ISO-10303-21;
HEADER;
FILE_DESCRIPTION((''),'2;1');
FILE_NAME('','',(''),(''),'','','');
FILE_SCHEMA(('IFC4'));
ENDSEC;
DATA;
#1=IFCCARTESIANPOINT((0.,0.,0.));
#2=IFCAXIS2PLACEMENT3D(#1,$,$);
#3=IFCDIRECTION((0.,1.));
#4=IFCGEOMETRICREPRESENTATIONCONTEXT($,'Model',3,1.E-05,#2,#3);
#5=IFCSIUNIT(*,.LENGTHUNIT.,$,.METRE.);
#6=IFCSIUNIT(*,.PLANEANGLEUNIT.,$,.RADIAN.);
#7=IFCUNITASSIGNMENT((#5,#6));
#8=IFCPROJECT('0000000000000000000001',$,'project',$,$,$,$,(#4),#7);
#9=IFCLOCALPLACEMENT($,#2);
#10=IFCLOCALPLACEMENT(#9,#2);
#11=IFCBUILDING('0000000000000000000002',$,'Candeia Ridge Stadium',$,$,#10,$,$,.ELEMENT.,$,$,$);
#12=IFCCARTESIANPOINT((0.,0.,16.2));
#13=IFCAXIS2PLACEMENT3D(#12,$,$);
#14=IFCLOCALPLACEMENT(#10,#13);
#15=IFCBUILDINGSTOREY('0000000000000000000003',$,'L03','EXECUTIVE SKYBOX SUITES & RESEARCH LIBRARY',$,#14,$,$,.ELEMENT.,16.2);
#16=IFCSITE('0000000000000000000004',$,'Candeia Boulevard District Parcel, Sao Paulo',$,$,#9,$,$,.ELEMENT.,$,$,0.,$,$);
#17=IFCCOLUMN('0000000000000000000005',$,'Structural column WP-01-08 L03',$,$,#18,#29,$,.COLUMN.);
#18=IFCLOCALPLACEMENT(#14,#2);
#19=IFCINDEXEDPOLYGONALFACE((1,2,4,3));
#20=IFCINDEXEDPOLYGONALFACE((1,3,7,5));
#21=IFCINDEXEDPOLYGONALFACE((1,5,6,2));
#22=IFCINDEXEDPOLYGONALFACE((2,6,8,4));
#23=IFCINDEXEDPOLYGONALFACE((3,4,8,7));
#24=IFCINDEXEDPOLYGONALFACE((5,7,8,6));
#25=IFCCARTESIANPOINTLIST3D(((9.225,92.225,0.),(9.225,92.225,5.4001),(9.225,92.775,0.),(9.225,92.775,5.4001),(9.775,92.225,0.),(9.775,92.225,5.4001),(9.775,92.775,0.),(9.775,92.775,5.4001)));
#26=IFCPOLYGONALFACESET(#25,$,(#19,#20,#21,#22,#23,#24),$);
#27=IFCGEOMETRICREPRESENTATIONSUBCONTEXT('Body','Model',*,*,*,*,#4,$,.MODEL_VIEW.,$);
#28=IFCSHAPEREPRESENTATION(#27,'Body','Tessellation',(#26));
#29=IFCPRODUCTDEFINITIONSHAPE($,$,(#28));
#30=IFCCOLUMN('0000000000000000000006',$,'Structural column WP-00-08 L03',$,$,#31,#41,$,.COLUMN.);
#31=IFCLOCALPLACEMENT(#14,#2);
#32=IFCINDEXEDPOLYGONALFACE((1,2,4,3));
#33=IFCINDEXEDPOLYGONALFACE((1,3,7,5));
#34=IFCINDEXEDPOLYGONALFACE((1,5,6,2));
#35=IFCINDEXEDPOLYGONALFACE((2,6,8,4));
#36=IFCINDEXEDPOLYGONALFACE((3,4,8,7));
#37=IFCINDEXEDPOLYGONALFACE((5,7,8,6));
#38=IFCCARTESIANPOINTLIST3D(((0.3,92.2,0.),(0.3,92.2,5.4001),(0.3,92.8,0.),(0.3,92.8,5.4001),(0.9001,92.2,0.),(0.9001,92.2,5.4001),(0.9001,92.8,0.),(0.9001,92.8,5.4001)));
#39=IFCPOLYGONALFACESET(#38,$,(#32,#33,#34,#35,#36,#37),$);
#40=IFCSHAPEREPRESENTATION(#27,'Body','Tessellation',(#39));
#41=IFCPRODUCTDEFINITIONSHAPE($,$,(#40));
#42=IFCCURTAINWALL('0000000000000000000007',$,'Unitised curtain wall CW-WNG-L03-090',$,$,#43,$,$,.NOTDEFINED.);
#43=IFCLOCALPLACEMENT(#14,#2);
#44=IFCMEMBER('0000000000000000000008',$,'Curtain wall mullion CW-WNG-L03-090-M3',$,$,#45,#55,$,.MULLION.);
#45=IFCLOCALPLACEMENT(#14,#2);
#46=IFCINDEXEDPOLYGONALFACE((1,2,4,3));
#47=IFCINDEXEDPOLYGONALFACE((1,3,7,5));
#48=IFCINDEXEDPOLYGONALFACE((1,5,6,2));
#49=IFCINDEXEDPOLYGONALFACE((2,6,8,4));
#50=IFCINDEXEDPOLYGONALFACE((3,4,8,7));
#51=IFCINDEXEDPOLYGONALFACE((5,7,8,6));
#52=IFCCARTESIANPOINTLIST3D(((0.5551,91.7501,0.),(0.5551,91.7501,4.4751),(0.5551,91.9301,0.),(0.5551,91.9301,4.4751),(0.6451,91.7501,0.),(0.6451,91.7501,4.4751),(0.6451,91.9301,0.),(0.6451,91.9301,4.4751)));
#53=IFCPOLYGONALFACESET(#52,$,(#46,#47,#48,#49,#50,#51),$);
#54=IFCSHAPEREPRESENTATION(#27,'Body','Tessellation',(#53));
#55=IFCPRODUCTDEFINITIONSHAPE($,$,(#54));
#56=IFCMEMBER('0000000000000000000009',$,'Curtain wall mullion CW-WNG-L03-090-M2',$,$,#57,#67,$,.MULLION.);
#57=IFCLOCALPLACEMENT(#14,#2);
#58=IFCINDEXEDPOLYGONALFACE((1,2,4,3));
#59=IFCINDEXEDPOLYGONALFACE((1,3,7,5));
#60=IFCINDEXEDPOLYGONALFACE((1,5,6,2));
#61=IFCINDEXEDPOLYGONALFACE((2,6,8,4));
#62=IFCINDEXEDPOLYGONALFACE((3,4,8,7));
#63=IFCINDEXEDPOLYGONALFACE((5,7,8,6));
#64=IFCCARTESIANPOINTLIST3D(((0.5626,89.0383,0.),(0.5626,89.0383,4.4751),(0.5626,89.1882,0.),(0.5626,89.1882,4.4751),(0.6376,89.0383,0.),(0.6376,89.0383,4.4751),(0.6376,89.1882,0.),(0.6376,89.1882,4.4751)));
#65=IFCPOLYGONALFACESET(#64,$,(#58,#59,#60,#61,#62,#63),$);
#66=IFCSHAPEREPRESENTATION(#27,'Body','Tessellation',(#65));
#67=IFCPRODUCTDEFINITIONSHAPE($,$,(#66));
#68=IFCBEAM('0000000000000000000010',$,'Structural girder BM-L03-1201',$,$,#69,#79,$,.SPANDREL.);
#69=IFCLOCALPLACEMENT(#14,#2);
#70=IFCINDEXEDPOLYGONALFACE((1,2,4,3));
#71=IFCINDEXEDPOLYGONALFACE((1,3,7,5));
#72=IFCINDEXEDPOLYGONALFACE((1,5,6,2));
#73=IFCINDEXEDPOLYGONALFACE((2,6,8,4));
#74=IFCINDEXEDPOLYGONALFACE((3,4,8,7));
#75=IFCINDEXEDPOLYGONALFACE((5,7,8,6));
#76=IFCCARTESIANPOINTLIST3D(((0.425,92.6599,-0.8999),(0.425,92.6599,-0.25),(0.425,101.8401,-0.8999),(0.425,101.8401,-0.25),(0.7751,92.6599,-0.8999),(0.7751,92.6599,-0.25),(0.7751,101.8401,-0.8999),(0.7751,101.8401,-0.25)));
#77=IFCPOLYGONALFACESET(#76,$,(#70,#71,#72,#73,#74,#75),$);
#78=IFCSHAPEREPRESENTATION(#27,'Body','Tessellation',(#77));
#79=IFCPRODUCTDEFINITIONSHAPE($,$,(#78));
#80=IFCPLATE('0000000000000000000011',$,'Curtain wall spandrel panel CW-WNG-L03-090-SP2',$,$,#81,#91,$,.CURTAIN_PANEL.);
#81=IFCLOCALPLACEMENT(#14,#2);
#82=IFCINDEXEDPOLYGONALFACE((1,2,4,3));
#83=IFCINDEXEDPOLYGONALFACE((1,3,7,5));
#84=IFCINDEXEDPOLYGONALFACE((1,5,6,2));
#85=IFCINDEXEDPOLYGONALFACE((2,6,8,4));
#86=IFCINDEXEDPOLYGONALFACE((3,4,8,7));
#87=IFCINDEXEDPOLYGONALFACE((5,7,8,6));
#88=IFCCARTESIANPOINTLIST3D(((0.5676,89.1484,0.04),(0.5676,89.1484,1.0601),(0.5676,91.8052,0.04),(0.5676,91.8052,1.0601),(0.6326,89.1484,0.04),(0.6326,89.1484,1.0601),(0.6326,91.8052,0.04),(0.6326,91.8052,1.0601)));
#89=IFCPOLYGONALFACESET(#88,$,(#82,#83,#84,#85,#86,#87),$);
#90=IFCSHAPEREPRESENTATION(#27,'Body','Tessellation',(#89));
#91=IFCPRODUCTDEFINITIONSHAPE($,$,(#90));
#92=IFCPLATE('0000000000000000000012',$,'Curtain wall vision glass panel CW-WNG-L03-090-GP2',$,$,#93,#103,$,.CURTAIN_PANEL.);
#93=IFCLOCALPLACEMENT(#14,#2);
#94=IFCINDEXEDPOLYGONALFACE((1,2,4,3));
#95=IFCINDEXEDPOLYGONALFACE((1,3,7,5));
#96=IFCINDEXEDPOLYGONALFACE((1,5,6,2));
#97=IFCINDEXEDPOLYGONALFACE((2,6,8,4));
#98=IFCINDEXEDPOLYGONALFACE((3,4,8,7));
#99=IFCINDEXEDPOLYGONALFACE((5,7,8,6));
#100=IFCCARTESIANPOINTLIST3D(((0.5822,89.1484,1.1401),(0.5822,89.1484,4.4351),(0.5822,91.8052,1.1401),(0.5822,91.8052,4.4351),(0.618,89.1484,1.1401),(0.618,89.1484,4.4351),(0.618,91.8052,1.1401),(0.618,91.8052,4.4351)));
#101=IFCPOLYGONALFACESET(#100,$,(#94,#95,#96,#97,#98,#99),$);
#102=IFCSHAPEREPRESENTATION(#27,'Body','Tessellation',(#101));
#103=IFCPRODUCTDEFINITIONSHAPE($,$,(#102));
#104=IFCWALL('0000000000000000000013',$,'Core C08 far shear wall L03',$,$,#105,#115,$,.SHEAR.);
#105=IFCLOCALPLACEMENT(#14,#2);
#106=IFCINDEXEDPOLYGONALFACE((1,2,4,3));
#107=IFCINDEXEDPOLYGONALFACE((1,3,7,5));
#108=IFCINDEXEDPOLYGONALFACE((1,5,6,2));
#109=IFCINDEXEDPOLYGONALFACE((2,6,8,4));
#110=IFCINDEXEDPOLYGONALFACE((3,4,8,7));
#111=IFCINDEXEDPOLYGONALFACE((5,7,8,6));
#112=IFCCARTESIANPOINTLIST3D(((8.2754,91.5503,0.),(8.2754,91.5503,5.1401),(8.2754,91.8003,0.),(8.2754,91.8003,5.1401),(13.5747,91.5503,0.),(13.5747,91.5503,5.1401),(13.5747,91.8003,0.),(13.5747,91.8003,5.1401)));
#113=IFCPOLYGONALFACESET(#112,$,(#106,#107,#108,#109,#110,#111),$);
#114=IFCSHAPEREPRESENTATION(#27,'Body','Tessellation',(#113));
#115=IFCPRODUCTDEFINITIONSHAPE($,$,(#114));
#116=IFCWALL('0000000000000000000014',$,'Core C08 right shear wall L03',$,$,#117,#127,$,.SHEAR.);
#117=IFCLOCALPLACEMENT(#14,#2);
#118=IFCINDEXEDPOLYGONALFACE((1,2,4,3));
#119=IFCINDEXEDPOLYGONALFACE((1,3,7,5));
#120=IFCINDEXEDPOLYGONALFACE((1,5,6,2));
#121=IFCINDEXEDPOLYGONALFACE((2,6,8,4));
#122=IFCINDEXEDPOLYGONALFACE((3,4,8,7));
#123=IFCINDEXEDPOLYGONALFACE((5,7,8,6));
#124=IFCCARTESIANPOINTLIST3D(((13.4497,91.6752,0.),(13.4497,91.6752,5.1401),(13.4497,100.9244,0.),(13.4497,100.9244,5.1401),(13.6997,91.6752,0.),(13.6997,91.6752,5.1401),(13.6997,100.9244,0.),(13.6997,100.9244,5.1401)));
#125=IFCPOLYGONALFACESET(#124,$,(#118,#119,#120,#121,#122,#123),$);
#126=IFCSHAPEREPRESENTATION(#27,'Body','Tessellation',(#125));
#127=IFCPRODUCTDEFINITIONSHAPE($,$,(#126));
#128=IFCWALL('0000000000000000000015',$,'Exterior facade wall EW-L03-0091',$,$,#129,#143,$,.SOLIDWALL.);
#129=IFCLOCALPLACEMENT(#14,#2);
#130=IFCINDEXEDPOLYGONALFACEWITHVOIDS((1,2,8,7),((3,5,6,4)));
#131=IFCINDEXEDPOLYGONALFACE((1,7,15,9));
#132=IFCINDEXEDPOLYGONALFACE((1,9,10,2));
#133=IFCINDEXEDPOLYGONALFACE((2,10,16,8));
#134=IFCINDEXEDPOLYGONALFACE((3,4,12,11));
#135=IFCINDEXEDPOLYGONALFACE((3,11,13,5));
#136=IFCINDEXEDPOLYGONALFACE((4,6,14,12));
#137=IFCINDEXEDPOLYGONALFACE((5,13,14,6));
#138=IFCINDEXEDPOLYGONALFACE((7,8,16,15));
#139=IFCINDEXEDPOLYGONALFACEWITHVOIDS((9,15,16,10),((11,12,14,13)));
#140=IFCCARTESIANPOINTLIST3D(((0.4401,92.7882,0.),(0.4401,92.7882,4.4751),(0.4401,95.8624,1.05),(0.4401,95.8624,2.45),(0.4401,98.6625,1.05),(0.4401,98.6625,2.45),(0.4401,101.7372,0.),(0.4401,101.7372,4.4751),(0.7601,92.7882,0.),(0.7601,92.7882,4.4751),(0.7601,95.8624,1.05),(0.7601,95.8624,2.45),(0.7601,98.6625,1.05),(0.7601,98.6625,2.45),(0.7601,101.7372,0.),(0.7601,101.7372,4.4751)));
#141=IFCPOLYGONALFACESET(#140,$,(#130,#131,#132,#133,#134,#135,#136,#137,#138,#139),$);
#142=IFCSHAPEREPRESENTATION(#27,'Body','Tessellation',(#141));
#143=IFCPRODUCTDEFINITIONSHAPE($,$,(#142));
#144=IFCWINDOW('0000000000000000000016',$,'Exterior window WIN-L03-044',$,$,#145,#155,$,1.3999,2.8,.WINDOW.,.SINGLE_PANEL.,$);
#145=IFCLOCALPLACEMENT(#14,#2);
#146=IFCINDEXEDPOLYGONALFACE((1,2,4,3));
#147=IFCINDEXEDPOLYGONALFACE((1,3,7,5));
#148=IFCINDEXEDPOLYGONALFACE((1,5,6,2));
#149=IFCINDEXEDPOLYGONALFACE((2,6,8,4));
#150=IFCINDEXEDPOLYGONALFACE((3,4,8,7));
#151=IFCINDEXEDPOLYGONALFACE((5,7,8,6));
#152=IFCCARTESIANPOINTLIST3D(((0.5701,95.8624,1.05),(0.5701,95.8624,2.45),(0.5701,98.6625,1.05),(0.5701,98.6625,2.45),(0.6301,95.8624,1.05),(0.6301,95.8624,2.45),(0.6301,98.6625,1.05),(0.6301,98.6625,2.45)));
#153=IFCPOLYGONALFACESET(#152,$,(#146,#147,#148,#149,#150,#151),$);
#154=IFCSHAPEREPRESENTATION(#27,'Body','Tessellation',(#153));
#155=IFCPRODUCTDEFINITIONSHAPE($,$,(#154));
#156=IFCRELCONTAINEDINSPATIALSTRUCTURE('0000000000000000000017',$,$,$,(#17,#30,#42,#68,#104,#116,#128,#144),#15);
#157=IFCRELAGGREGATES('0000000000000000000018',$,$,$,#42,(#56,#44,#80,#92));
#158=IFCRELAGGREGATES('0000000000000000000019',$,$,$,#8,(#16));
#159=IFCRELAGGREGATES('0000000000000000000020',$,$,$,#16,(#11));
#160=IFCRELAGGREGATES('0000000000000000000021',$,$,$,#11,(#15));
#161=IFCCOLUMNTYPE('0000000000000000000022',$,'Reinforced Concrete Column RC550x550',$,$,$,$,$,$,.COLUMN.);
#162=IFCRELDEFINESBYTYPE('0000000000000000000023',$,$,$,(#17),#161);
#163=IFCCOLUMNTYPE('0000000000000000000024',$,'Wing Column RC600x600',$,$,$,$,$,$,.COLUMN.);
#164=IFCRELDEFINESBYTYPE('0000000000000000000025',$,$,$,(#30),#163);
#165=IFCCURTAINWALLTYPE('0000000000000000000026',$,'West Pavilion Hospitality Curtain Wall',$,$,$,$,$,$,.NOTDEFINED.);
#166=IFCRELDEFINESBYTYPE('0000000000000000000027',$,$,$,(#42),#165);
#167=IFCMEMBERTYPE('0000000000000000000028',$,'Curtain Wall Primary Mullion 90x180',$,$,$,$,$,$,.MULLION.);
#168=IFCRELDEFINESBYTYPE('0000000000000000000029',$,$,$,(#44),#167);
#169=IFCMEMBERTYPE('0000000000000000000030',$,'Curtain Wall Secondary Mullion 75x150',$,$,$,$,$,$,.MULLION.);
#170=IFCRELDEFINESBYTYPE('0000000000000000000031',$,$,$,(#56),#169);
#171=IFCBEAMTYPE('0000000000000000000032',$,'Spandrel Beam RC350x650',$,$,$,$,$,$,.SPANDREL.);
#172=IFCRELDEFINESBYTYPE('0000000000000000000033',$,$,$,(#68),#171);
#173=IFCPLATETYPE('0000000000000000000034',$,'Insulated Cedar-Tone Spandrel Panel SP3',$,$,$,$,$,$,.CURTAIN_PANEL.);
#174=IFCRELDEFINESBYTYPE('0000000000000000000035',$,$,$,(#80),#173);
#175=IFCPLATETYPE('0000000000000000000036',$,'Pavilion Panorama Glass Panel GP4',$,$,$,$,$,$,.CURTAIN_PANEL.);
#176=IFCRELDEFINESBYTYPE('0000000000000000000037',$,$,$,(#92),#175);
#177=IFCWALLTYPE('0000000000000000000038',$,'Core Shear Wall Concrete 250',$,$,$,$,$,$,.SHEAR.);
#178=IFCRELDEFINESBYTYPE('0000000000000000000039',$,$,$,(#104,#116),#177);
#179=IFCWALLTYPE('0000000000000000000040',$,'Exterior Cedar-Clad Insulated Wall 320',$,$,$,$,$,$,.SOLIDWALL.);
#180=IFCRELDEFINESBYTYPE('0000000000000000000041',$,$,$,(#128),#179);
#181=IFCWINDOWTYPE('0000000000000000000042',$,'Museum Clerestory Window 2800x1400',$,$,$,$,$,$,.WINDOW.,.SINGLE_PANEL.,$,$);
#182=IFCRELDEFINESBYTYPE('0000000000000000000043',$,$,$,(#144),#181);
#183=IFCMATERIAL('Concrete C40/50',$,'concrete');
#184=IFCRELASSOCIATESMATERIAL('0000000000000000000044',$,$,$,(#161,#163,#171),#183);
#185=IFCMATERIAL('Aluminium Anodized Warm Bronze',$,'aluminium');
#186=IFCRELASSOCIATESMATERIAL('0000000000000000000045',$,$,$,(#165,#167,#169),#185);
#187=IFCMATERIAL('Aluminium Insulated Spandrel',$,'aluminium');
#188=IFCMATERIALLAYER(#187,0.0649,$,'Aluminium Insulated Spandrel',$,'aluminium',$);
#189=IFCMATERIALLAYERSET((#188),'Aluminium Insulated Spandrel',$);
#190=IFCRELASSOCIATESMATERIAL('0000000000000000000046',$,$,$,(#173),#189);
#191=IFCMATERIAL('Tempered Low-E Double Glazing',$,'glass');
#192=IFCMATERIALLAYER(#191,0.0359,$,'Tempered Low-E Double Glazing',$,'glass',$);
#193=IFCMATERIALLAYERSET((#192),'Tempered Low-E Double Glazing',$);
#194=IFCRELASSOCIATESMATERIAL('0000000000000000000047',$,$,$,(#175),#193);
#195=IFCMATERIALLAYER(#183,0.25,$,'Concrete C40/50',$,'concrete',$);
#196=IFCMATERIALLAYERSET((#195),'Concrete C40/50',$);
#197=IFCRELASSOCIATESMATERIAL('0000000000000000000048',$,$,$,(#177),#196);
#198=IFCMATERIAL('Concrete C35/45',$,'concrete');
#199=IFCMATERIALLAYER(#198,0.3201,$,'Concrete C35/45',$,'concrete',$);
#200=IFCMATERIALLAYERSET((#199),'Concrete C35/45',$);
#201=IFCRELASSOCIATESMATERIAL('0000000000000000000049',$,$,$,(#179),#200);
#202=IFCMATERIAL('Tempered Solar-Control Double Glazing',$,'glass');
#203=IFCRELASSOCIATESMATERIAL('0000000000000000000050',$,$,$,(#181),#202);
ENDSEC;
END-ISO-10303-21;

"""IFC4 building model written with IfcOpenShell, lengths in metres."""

from ifc_helpers import new_model, si_unit, direction, frame, frame_2d, origin, origin_2d, place, context, subcontext, project, spatial, rectangle, extrude, material, layer, layer_set, material_profile, profile_set, type_object, element, fill, aggregate, save


model = new_model("IFC4")

# Units and contexts
model_context = context("Model", 3, precision=1e-05, world=origin(), true_north=direction((0.0, 1.0)))
body_context = subcontext(model_context, "Body", "Model", "MODEL_VIEW")
ifc_project = project(units=[si_unit("LENGTHUNIT", "METRE"), si_unit("PLANEANGLEUNIT", "RADIAN")], contexts=[model_context])

# Site, building, storey
site_placement = place(None, origin())
site = spatial("IfcSite", under=ifc_project, at=site_placement, Name="Candeia Boulevard District Parcel, Sao Paulo", CompositionType="ELEMENT", RefElevation=0.0)
building_placement = place(site_placement, origin())
building = spatial("IfcBuilding", under=site, at=building_placement, Name="Candeia Ridge Stadium", CompositionType="ELEMENT")
storey_placement = place(building_placement, frame((0.0, 0.0, 16.2)))
storey = spatial("IfcBuildingStorey", under=building, at=storey_placement, Name="L03", Description="EXECUTIVE SKYBOX SUITES & RESEARCH LIBRARY", CompositionType="ELEMENT", Elevation=16.2)

# Columns
ifc_material_1 = material(Name="Concrete C40/50", Category="concrete")
ifc_material_profile_1 = material_profile(ifc_material_1, rectangle(XDim=0.55, YDim=0.55, at=origin_2d()), Name="RC550x550", Category="concrete")
ifc_profile_set_1 = profile_set([ifc_material_profile_1], Name="Concrete C40/50")
column_type_1 = type_object("IfcColumnType", Name="Reinforced Concrete Column RC550x550", PredefinedType="COLUMN", material=ifc_profile_set_1)
column_1_placement = place(storey_placement, frame((9.5, 92.5, 0.0), z_axis=(0.0, 0.0, 1.0), x_axis=(1.0, 0.0, 0.0)))
element("IfcColumn", 1, at=column_1_placement, inside=storey, type_object=column_type_1, Name="Structural column WP-01-08 L03", PredefinedType="COLUMN", context=body_context, shape_type="SweptSolid", body=[
    extrude(rectangle(XDim=0.55, YDim=0.55, at=origin_2d()), origin(), (0.0, 0.0, 1.0), 5.4001),
])
ifc_material_profile_2 = material_profile(ifc_material_1, rectangle(XDim=0.6001, YDim=0.6001, at=origin_2d()), Name="RC600x600", Category="concrete")
ifc_profile_set_2 = profile_set([ifc_material_profile_2], Name="Concrete C40/50")
column_type_2 = type_object("IfcColumnType", Name="Wing Column RC600x600", PredefinedType="COLUMN", material=ifc_profile_set_2)
column_2_placement = place(storey_placement, frame((0.6001, 92.5, 0.0), z_axis=(0.0, 0.0, 1.0), x_axis=(1.0, 0.0, 0.0)))
element("IfcColumn", 2, at=column_2_placement, inside=storey, type_object=column_type_2, Name="Structural column WP-00-08 L03", PredefinedType="COLUMN", context=body_context, shape_type="SweptSolid", body=[
    extrude(rectangle(XDim=0.6001, YDim=0.6001, at=origin_2d()), origin(), (0.0, 0.0, 1.0), 5.4001),
])

# Curtain wall, members
ifc_material_2 = material(Name="Aluminium Anodized Warm Bronze", Category="aluminium")
curtain_wall_type = type_object("IfcCurtainWallType", Name="West Pavilion Hospitality Curtain Wall", PredefinedType="NOTDEFINED", material=ifc_material_2)
curtain_wall_placement = place(storey_placement, origin())
curtain_wall = element("IfcCurtainWall", 3, at=curtain_wall_placement, inside=storey, type_object=curtain_wall_type, Name="Unitised curtain wall CW-WNG-L03-090", PredefinedType="NOTDEFINED")
ifc_material_profile_3 = material_profile(ifc_material_2, rectangle(XDim=0.0901, YDim=0.1799, at=origin_2d()), Name="CWM-90x180", Category="aluminium")
ifc_profile_set_3 = profile_set([ifc_material_profile_3], Name="Aluminium Anodized Warm Bronze")
member_type_1 = type_object("IfcMemberType", Name="Curtain Wall Primary Mullion 90x180", PredefinedType="MULLION", material=ifc_profile_set_3)
member_1_placement = place(storey_placement, frame((0.6001, 91.8401, 0.0), z_axis=(0.0, 0.0, 1.0), x_axis=(1.0, 0.0, 0.0)))
member_1 = element("IfcMember", 4, at=member_1_placement, type_object=member_type_1, Name="Curtain wall mullion CW-WNG-L03-090-M3", PredefinedType="MULLION", context=body_context, shape_type="SweptSolid", body=[
    extrude(rectangle(XDim=0.0901, YDim=0.1799, at=origin_2d()), origin(), (0.0, 0.0, 1.0), 4.4751),
])
ifc_material_profile_4 = material_profile(ifc_material_2, rectangle(XDim=0.075, YDim=0.1499, at=origin_2d()), Name="CWM-75x150", Category="aluminium")
ifc_profile_set_4 = profile_set([ifc_material_profile_4], Name="Aluminium Anodized Warm Bronze")
member_type_2 = type_object("IfcMemberType", Name="Curtain Wall Secondary Mullion 75x150", PredefinedType="MULLION", material=ifc_profile_set_4)
member_2_placement = place(storey_placement, frame((0.6001, 89.1133, 0.0), z_axis=(0.0, 0.0, 1.0), x_axis=(1.0, 0.0, 0.0)))
member_2 = element("IfcMember", 5, at=member_2_placement, type_object=member_type_2, Name="Curtain wall mullion CW-WNG-L03-090-M2", PredefinedType="MULLION", context=body_context, shape_type="SweptSolid", body=[
    extrude(rectangle(XDim=0.075, YDim=0.1499, at=origin_2d()), origin(), (0.0, 0.0, 1.0), 4.4751),
])

# Beam
ifc_material_profile_5 = material_profile(ifc_material_1, rectangle(XDim=0.3501, YDim=0.6499, at=origin_2d()), Name="RC350x650", Category="concrete")
ifc_profile_set_5 = profile_set([ifc_material_profile_5], Name="Concrete C40/50")
beam_type = type_object("IfcBeamType", Name="Spandrel Beam RC350x650", PredefinedType="SPANDREL", material=ifc_profile_set_5)
beam_placement = place(storey_placement, frame((0.6001, 92.6599, -0.575), z_axis=(0.0, 1.0, 0.0), x_axis=(-1.0, 0.0, 0.0)))
element("IfcBeam", 6, at=beam_placement, inside=storey, type_object=beam_type, Name="Structural girder BM-L03-1201", PredefinedType="SPANDREL", context=body_context, shape_type="SweptSolid", body=[
    extrude(rectangle(XDim=0.3501, YDim=0.6499, at=origin_2d()), origin(), (0.0, 0.0, 1.0), 9.1802),
])

# Plates
ifc_material_3 = material(Name="Aluminium Insulated Spandrel", Category="aluminium")
ifc_layer_1 = layer(ifc_material_3, 0.0649, Name="Aluminium Insulated Spandrel", Category="aluminium")
ifc_layer_set_1 = layer_set([ifc_layer_1], Name="Aluminium Insulated Spandrel")
plate_type_1 = type_object("IfcPlateType", Name="Insulated Cedar-Tone Spandrel Panel SP3", PredefinedType="CURTAIN_PANEL", material=ifc_layer_set_1)
plate_1_placement = place(storey_placement, frame((0.6001, 90.4768, 0.04), z_axis=(0.0, 0.0, 1.0), x_axis=(0.0, 1.0, 0.0)))
plate_1 = element("IfcPlate", 7, at=plate_1_placement, type_object=plate_type_1, Name="Curtain wall spandrel panel CW-WNG-L03-090-SP2", PredefinedType="CURTAIN_PANEL", context=body_context, shape_type="SweptSolid", body=[
    extrude(rectangle(XDim=2.6567, YDim=0.0649, at=origin_2d()), origin(), (0.0, 0.0, 1.0), 1.02),
])
ifc_material_4 = material(Name="Tempered Low-E Double Glazing", Category="glass")
ifc_layer_2 = layer(ifc_material_4, 0.0359, Name="Tempered Low-E Double Glazing", Category="glass")
ifc_layer_set_2 = layer_set([ifc_layer_2], Name="Tempered Low-E Double Glazing")
plate_type_2 = type_object("IfcPlateType", Name="Pavilion Panorama Glass Panel GP4", PredefinedType="CURTAIN_PANEL", material=ifc_layer_set_2)
plate_2_placement = place(storey_placement, frame((0.6001, 90.4768, 1.1401), z_axis=(0.0, 0.0, 1.0), x_axis=(0.0, 1.0, 0.0)))
plate_2 = element("IfcPlate", 8, at=plate_2_placement, type_object=plate_type_2, Name="Curtain wall vision glass panel CW-WNG-L03-090-GP2", PredefinedType="CURTAIN_PANEL", context=body_context, shape_type="SweptSolid", body=[
    extrude(rectangle(XDim=2.6567, YDim=0.0359, at=origin_2d()), origin(), (0.0, 0.0, 1.0), 3.2949),
])
aggregate(curtain_wall, [member_2, member_1, plate_1, plate_2])

# Walls
ifc_layer_3 = layer(ifc_material_1, 0.25, Name="Concrete C40/50", Category="concrete")
ifc_layer_set_3 = layer_set([ifc_layer_3], Name="Concrete C40/50")
wall_type_1 = type_object("IfcWallType", Name="Core Shear Wall Concrete 250", PredefinedType="SHEAR", material=ifc_layer_set_3)
wall_1_placement = place(storey_placement, frame((8.2754, 91.6753, 0.0), z_axis=(0.0, 0.0, 1.0), x_axis=(1.0, 0.0, 0.0)))
element("IfcWall", 9, at=wall_1_placement, inside=storey, type_object=wall_type_1, Name="Core C08 far shear wall L03", PredefinedType="SHEAR", context=body_context, shape_type="SweptSolid", body=[
    extrude(rectangle(XDim=5.2993, YDim=0.25, at=frame_2d((2.6497, 0.0))), origin(), (0.0, 0.0, 1.0), 5.1401),
])
wall_2_placement = place(storey_placement, frame((13.5747, 91.6753, 0.0), z_axis=(0.0, 0.0, 1.0), x_axis=(0.0, 1.0, 0.0)))
element("IfcWall", 10, at=wall_2_placement, inside=storey, type_object=wall_type_1, Name="Core C08 right shear wall L03", PredefinedType="SHEAR", context=body_context, shape_type="SweptSolid", body=[
    extrude(rectangle(XDim=9.2493, YDim=0.25, at=frame_2d((4.6245, 0.0))), origin(), (0.0, 0.0, 1.0), 5.1401),
])

# Wall, opening, window
ifc_material_5 = material(Name="Concrete C35/45", Category="concrete")
ifc_layer_4 = layer(ifc_material_5, 0.3201, Name="Concrete C35/45", Category="concrete")
ifc_layer_set_4 = layer_set([ifc_layer_4], Name="Concrete C35/45")
wall_type_2 = type_object("IfcWallType", Name="Exterior Cedar-Clad Insulated Wall 320", PredefinedType="SOLIDWALL", material=ifc_layer_set_4)
wall_3_placement = place(storey_placement, frame((0.6001, 92.7881, 0.0), z_axis=(0.0, 0.0, 1.0), x_axis=(0.0, 1.0, 0.0)))
wall_3 = element("IfcWall", 11, at=wall_3_placement, inside=storey, type_object=wall_type_2, Name="Exterior facade wall EW-L03-0091", PredefinedType="SOLIDWALL", context=body_context, shape_type="SweptSolid", body=[
    extrude(rectangle(XDim=8.949, YDim=0.3201, at=frame_2d((4.4746, 0.0))), origin(), (0.0, 0.0, 1.0), 4.4751),
])
opening_1_placement = place(wall_3_placement, frame((3.0745, 0.0, 1.05)))
opening_1 = element("IfcOpeningElement", 12, at=opening_1_placement, cuts=wall_3, PredefinedType="OPENING", context=body_context, shape_type="SweptSolid", body=[
    extrude(rectangle(XDim=2.8, YDim=1.3999, at=frame_2d((1.3999, 0.7))), frame((0.0, 0.1699, 0.0), z_axis=(0.0, -1.0, 0.0), x_axis=(1.0, 0.0, 0.0)), (0.0, 0.0, 1.0), 0.3401),
])
ifc_material_6 = material(Name="Tempered Solar-Control Double Glazing", Category="glass")
window_type = type_object("IfcWindowType", Name="Museum Clerestory Window 2800x1400", PartitioningType="SINGLE_PANEL", PredefinedType="WINDOW", material=ifc_material_6)
window_placement = place(opening_1_placement, origin())
window = element("IfcWindow", 13, at=window_placement, inside=storey, type_object=window_type, Name="Exterior window WIN-L03-044", OverallHeight=1.3999, OverallWidth=2.8, PartitioningType="SINGLE_PANEL", PredefinedType="WINDOW", context=body_context, shape_type="SweptSolid", body=[
    extrude(rectangle(XDim=2.8, YDim=1.3999, at=frame_2d((1.3999, 0.7))), frame((0.0, 0.03, 0.0), z_axis=(0.0, -1.0, 0.0), x_axis=(1.0, 0.0, 0.0)), (0.0, 0.0, 1.0), 0.0601),
])
fill(opening_1, window)

save(model, "model.ifc")
